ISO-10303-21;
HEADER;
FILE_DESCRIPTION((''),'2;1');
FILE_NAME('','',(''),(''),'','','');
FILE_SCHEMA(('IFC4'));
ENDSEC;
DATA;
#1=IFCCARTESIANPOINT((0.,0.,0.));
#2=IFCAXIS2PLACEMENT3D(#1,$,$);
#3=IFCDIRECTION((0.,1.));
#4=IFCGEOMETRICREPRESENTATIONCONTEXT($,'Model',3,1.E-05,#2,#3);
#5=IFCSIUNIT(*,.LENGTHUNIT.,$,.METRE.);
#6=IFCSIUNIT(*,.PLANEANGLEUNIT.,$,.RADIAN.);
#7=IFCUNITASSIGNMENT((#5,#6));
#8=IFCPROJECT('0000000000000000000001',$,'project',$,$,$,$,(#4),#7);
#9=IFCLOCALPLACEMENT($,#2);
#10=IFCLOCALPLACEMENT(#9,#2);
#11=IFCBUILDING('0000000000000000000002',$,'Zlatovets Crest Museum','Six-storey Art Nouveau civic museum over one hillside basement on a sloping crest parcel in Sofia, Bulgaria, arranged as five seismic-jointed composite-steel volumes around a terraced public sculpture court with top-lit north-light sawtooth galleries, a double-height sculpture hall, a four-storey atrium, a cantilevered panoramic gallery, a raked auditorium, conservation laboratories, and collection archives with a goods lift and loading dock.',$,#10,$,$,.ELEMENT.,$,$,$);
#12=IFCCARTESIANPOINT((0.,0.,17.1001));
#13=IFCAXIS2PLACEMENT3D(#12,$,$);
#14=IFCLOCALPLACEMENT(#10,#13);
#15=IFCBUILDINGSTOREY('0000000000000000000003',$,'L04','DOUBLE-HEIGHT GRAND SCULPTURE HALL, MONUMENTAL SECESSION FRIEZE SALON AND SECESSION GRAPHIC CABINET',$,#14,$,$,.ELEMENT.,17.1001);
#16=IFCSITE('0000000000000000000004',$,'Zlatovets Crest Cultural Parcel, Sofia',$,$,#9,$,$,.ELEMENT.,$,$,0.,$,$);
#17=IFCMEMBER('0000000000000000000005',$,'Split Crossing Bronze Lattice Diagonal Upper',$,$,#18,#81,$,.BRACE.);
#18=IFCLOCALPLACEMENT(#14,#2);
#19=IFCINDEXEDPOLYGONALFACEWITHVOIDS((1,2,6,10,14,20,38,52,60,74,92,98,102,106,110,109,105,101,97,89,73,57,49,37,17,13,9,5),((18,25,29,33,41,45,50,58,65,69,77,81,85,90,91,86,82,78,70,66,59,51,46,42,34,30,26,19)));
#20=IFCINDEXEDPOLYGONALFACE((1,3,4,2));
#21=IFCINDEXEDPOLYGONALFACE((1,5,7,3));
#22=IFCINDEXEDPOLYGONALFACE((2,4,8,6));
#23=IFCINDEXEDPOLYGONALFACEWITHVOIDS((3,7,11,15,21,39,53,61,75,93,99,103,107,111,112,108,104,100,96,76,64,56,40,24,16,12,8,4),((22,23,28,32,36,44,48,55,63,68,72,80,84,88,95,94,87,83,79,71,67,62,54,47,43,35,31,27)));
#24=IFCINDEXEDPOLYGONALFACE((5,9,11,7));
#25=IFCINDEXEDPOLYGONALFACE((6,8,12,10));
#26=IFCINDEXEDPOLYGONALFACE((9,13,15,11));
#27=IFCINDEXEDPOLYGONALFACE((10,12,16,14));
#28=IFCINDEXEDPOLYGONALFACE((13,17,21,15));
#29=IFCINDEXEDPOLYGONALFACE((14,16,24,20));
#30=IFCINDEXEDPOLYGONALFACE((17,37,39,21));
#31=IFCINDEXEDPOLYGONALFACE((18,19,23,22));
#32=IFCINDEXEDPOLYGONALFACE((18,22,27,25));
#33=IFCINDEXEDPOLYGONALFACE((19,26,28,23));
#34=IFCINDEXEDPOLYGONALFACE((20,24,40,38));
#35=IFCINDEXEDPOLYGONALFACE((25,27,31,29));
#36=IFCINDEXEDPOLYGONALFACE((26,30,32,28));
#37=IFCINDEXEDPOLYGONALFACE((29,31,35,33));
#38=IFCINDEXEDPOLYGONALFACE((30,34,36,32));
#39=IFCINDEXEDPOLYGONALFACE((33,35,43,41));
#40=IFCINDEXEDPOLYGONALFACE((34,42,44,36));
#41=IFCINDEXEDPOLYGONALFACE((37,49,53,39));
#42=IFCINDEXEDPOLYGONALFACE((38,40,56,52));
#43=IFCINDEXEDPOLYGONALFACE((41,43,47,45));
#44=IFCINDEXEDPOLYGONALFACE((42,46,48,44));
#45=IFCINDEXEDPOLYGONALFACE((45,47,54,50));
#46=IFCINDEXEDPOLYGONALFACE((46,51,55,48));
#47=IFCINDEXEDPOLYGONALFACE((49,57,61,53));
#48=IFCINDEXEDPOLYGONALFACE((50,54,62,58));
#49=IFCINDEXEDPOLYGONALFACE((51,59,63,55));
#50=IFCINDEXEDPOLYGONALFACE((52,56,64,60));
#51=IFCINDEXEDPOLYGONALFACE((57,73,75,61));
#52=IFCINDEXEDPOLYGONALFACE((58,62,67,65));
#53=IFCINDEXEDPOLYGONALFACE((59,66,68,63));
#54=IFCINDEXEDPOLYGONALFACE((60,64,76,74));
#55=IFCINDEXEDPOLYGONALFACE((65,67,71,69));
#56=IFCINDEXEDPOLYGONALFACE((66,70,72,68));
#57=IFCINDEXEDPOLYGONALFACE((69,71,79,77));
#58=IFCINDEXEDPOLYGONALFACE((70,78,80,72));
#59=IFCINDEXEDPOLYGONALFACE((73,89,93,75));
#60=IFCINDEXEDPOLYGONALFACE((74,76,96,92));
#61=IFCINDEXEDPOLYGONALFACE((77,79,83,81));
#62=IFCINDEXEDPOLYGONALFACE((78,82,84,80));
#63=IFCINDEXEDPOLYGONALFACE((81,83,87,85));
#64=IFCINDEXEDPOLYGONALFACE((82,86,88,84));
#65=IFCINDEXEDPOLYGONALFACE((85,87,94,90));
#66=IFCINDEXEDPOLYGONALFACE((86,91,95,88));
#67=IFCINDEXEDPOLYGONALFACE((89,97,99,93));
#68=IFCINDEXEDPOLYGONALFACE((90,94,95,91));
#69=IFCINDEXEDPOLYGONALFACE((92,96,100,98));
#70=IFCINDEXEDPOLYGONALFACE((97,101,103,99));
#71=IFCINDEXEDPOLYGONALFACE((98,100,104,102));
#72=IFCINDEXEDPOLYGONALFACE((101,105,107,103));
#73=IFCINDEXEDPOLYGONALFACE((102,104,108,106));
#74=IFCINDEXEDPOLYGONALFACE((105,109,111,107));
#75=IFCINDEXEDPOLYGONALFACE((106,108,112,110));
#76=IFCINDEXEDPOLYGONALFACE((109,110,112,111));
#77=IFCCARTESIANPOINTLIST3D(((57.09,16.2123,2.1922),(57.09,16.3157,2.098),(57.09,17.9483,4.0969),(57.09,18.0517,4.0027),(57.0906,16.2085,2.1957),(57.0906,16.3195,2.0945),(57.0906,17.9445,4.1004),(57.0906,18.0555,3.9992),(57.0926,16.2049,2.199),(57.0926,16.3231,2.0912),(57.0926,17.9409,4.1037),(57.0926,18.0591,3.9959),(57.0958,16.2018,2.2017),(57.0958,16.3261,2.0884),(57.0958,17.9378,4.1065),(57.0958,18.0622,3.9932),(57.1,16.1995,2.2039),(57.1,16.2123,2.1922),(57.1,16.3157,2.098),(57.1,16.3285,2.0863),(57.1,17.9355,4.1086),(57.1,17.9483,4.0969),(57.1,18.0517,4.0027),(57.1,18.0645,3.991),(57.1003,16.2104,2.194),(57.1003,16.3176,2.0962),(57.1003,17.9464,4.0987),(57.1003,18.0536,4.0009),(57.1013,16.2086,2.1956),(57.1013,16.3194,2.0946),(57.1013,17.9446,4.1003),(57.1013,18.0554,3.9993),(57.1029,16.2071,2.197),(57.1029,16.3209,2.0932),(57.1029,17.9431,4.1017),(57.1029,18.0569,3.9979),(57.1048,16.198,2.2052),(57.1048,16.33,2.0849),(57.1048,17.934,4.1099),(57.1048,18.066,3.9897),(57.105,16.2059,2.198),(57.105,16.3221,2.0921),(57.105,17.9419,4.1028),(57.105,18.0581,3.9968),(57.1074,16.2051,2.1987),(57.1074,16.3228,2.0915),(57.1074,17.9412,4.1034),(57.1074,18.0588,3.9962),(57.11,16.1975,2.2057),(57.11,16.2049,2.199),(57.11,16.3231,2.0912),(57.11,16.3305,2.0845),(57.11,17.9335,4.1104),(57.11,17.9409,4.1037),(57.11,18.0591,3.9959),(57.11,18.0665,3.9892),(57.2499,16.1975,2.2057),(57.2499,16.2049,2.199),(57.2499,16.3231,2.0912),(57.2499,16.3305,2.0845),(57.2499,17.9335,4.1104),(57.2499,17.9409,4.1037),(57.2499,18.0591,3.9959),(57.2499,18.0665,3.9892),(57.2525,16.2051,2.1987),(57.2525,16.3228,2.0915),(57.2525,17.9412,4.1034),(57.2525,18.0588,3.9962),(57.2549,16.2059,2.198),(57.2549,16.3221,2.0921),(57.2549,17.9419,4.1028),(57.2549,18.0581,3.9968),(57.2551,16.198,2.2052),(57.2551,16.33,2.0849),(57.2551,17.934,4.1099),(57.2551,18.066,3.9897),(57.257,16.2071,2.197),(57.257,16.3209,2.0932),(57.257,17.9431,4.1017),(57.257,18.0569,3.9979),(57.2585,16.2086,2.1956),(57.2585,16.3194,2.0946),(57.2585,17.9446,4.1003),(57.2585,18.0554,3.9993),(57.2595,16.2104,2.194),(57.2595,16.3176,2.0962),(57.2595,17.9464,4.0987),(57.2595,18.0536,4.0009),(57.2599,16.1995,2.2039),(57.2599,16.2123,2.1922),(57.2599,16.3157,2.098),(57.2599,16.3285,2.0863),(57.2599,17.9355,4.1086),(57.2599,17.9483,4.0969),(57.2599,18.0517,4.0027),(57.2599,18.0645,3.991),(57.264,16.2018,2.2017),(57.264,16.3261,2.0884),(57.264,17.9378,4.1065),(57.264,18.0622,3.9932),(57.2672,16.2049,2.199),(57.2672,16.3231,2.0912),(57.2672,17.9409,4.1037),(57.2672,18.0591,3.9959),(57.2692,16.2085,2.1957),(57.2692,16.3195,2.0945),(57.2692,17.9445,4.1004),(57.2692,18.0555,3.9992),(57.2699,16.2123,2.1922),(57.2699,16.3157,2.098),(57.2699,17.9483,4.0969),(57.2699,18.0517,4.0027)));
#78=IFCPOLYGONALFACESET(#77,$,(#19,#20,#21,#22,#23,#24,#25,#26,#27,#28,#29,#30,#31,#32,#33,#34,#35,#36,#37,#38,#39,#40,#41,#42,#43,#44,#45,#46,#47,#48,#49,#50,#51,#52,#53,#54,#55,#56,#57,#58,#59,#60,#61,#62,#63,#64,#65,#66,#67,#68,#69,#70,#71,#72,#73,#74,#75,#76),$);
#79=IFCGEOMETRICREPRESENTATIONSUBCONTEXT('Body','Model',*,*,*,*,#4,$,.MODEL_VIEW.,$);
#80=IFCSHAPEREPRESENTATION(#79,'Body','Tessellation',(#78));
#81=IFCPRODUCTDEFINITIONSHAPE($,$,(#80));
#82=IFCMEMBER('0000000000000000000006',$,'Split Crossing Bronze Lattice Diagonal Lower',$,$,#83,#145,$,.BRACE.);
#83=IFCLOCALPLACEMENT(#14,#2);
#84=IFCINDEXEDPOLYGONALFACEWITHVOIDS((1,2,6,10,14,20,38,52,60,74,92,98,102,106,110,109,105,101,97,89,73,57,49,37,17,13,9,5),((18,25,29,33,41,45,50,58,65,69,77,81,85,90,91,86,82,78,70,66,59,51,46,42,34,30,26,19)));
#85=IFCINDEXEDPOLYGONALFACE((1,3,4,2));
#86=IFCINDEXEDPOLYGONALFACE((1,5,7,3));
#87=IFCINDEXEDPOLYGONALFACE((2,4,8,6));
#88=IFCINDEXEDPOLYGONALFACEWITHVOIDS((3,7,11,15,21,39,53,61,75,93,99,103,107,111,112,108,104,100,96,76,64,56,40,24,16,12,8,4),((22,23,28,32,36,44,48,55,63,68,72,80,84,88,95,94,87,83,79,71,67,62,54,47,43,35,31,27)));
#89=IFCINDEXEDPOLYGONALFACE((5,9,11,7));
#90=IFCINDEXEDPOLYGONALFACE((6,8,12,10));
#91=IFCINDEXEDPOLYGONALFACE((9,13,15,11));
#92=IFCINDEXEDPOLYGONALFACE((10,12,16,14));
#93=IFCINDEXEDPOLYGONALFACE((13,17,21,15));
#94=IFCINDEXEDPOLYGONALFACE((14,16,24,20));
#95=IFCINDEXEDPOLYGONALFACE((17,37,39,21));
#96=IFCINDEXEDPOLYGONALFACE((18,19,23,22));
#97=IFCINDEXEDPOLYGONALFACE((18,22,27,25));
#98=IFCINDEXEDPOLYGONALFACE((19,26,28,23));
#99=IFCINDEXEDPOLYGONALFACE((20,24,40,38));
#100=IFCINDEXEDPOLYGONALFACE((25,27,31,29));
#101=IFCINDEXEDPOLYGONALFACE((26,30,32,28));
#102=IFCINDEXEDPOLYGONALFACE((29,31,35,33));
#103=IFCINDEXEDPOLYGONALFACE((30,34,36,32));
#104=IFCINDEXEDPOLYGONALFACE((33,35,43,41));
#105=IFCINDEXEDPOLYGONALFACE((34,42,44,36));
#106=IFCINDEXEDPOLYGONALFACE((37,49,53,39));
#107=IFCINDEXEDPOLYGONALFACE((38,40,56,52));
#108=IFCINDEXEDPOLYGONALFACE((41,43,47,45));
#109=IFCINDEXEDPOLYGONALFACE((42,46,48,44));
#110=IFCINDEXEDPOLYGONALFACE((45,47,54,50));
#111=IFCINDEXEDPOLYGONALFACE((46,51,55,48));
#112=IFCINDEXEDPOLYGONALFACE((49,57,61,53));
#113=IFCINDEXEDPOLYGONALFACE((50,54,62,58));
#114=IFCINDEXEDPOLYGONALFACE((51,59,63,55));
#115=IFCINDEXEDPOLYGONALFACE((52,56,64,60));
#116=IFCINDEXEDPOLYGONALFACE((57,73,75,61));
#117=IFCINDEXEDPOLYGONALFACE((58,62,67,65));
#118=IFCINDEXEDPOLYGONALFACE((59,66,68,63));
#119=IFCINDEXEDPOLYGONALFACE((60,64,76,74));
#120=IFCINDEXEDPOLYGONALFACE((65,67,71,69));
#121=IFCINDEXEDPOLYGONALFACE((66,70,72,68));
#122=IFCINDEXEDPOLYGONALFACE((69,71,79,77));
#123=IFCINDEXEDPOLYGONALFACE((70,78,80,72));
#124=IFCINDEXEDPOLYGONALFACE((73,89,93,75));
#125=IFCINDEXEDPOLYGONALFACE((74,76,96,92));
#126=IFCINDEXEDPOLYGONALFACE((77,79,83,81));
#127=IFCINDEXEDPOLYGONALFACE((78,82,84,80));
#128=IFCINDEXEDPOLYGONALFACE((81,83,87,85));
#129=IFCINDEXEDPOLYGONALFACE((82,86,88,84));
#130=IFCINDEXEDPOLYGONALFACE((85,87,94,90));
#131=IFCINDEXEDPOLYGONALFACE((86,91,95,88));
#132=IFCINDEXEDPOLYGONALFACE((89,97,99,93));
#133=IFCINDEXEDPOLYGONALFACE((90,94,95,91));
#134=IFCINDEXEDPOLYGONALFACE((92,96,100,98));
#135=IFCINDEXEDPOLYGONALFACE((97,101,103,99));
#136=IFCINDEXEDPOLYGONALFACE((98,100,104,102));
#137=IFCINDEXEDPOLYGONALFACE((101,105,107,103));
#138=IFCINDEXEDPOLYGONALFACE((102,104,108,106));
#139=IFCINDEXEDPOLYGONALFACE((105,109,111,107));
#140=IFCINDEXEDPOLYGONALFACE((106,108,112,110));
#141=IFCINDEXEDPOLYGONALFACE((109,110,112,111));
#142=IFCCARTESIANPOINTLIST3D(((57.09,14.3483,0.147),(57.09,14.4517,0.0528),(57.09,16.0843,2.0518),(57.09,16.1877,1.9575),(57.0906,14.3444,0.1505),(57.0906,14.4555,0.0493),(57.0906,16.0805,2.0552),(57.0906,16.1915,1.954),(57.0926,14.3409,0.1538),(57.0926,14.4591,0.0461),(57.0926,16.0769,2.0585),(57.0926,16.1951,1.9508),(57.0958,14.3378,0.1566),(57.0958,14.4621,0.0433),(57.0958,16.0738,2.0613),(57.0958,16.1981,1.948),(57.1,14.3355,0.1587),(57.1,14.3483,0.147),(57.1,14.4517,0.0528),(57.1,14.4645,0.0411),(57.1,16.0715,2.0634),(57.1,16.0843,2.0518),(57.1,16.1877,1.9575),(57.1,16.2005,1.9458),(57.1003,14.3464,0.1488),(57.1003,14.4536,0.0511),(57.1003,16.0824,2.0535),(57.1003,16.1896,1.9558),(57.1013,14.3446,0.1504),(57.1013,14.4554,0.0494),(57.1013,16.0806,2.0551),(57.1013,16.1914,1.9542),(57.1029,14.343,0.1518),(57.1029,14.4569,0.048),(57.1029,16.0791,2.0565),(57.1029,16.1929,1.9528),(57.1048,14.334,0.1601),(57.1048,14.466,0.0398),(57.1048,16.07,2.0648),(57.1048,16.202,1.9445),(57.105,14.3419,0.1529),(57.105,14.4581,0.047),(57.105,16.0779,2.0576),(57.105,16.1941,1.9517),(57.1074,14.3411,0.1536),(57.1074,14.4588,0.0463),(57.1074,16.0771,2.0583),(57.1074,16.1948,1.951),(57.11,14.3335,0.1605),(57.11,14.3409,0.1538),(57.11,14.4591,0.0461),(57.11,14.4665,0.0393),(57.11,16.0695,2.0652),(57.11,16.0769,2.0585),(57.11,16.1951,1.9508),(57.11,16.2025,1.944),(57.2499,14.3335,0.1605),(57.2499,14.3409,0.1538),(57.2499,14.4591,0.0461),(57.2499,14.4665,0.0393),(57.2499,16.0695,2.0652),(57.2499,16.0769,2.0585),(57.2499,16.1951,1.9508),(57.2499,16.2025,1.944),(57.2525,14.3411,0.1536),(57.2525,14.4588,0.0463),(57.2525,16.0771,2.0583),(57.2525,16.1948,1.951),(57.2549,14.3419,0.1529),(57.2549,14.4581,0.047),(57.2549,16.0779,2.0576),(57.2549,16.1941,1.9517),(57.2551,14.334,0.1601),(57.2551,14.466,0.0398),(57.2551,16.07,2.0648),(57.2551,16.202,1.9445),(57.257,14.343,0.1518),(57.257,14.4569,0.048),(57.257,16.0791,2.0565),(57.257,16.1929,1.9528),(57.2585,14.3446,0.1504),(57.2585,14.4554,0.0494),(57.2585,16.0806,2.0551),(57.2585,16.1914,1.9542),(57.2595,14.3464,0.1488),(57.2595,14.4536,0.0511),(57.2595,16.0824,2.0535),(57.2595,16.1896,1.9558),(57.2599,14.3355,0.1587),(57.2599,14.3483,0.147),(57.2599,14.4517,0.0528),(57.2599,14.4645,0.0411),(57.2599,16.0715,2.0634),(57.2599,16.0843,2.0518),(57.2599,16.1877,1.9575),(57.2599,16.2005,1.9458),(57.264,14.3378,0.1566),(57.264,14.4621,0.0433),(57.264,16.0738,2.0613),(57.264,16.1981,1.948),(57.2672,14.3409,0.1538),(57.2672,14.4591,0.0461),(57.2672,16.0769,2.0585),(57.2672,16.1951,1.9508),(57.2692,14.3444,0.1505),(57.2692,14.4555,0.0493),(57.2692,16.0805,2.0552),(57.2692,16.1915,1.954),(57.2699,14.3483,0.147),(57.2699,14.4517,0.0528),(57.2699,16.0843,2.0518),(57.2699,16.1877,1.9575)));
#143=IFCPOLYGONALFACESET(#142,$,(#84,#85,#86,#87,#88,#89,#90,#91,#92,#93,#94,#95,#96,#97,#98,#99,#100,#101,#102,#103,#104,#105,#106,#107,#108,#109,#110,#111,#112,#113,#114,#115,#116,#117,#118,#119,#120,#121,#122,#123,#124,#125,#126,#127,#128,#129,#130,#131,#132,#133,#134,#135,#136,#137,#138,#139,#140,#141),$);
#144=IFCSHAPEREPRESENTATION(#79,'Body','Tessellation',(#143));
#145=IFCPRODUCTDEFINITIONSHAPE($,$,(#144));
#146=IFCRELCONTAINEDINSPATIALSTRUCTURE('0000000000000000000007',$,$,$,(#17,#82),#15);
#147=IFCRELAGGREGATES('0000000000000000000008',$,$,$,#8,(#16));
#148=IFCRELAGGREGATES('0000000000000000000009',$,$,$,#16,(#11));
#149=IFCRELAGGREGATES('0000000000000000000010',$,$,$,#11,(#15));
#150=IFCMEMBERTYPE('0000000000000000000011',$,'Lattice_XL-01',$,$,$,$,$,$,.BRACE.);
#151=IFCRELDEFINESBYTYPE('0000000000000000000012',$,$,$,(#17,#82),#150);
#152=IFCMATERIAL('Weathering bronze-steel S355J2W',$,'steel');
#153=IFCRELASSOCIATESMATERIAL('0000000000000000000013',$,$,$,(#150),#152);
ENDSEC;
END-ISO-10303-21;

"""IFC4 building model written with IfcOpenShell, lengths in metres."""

from ifc_helpers import new_model, si_unit, direction, frame, origin, origin_2d, place, context, subcontext, project, spatial, hollow_rectangle, extrude, material, material_profile, profile_set, type_object, element, save


model = new_model("IFC4")

# Units and contexts
model_context = context("Model", 3, precision=1e-05, world=origin(), true_north=direction((0.0, 1.0)))
body_context = subcontext(model_context, "Body", "Model", "MODEL_VIEW")
ifc_project = project(units=[si_unit("LENGTHUNIT", "METRE"), si_unit("PLANEANGLEUNIT", "RADIAN")], contexts=[model_context])

# Site, building, storey
site_placement = place(None, origin())
site = spatial("IfcSite", under=ifc_project, at=site_placement, Name="Zlatovets Crest Cultural Parcel, Sofia", CompositionType="ELEMENT", RefElevation=0.0)
building_placement = place(site_placement, origin())
building = spatial("IfcBuilding", under=site, at=building_placement, Name="Zlatovets Crest Museum", Description="Six-storey Art Nouveau civic museum over one hillside basement on a sloping crest parcel in Sofia, Bulgaria, arranged as five seismic-jointed composite-steel volumes around a terraced public sculpture court with top-lit north-light sawtooth galleries, a double-height sculpture hall, a four-storey atrium, a cantilevered panoramic gallery, a raked auditorium, conservation laboratories, and collection archives with a goods lift and loading dock.", CompositionType="ELEMENT")
storey_placement = place(building_placement, frame((0.0, 0.0, 17.1001)))
storey = spatial("IfcBuildingStorey", under=building, at=storey_placement, Name="L04", Description="DOUBLE-HEIGHT GRAND SCULPTURE HALL, MONUMENTAL SECESSION FRIEZE SALON AND SECESSION GRAPHIC CABINET", CompositionType="ELEMENT", Elevation=17.1001)

# Members
ifc_material_1 = material(Name="Weathering bronze-steel S355J2W", Category="steel")
ifc_material_profile_1 = material_profile(ifc_material_1, hollow_rectangle(XDim=0.1799, YDim=0.1799, WallThickness=0.01, InnerFilletRadius=0.01, OuterFilletRadius=0.02, at=origin_2d()), Name="SHS 180x180x10.0")
ifc_profile_set_1 = profile_set([ifc_material_profile_1], Name="Weathering bronze-steel S355J2W")
member_type_1 = type_object("IfcMemberType", Name="Lattice_XL-01", PredefinedType="BRACE", material=ifc_profile_set_1)
for number, where, z_axis, x_axis, name in (
    (1, (57.1799, 18.0, 4.0498), (0.0, -0.67362, -0.739078), (1.0, 0.0, 0.0), "Split Crossing Bronze Lattice Diagonal Upper"),
    (2, (57.1799, 16.136, 2.0046), (0.0, -0.67362, -0.739078), (1.0, 0.0, 0.0), "Split Crossing Bronze Lattice Diagonal Lower"),
):
    element("IfcMember", number, at=place(storey_placement, frame(where, z_axis=z_axis, x_axis=x_axis)), inside=storey, type_object=member_type_1, Name=name, PredefinedType="BRACE", context=body_context, shape_type="SweptSolid", body=[
        extrude(hollow_rectangle(XDim=0.1799, YDim=0.1799, WallThickness=0.01, InnerFilletRadius=0.01, OuterFilletRadius=0.02, at=origin_2d()), origin(), (0.0, 0.0, 1.0), 2.5771),
    ])

save(model, "model.ifc")
